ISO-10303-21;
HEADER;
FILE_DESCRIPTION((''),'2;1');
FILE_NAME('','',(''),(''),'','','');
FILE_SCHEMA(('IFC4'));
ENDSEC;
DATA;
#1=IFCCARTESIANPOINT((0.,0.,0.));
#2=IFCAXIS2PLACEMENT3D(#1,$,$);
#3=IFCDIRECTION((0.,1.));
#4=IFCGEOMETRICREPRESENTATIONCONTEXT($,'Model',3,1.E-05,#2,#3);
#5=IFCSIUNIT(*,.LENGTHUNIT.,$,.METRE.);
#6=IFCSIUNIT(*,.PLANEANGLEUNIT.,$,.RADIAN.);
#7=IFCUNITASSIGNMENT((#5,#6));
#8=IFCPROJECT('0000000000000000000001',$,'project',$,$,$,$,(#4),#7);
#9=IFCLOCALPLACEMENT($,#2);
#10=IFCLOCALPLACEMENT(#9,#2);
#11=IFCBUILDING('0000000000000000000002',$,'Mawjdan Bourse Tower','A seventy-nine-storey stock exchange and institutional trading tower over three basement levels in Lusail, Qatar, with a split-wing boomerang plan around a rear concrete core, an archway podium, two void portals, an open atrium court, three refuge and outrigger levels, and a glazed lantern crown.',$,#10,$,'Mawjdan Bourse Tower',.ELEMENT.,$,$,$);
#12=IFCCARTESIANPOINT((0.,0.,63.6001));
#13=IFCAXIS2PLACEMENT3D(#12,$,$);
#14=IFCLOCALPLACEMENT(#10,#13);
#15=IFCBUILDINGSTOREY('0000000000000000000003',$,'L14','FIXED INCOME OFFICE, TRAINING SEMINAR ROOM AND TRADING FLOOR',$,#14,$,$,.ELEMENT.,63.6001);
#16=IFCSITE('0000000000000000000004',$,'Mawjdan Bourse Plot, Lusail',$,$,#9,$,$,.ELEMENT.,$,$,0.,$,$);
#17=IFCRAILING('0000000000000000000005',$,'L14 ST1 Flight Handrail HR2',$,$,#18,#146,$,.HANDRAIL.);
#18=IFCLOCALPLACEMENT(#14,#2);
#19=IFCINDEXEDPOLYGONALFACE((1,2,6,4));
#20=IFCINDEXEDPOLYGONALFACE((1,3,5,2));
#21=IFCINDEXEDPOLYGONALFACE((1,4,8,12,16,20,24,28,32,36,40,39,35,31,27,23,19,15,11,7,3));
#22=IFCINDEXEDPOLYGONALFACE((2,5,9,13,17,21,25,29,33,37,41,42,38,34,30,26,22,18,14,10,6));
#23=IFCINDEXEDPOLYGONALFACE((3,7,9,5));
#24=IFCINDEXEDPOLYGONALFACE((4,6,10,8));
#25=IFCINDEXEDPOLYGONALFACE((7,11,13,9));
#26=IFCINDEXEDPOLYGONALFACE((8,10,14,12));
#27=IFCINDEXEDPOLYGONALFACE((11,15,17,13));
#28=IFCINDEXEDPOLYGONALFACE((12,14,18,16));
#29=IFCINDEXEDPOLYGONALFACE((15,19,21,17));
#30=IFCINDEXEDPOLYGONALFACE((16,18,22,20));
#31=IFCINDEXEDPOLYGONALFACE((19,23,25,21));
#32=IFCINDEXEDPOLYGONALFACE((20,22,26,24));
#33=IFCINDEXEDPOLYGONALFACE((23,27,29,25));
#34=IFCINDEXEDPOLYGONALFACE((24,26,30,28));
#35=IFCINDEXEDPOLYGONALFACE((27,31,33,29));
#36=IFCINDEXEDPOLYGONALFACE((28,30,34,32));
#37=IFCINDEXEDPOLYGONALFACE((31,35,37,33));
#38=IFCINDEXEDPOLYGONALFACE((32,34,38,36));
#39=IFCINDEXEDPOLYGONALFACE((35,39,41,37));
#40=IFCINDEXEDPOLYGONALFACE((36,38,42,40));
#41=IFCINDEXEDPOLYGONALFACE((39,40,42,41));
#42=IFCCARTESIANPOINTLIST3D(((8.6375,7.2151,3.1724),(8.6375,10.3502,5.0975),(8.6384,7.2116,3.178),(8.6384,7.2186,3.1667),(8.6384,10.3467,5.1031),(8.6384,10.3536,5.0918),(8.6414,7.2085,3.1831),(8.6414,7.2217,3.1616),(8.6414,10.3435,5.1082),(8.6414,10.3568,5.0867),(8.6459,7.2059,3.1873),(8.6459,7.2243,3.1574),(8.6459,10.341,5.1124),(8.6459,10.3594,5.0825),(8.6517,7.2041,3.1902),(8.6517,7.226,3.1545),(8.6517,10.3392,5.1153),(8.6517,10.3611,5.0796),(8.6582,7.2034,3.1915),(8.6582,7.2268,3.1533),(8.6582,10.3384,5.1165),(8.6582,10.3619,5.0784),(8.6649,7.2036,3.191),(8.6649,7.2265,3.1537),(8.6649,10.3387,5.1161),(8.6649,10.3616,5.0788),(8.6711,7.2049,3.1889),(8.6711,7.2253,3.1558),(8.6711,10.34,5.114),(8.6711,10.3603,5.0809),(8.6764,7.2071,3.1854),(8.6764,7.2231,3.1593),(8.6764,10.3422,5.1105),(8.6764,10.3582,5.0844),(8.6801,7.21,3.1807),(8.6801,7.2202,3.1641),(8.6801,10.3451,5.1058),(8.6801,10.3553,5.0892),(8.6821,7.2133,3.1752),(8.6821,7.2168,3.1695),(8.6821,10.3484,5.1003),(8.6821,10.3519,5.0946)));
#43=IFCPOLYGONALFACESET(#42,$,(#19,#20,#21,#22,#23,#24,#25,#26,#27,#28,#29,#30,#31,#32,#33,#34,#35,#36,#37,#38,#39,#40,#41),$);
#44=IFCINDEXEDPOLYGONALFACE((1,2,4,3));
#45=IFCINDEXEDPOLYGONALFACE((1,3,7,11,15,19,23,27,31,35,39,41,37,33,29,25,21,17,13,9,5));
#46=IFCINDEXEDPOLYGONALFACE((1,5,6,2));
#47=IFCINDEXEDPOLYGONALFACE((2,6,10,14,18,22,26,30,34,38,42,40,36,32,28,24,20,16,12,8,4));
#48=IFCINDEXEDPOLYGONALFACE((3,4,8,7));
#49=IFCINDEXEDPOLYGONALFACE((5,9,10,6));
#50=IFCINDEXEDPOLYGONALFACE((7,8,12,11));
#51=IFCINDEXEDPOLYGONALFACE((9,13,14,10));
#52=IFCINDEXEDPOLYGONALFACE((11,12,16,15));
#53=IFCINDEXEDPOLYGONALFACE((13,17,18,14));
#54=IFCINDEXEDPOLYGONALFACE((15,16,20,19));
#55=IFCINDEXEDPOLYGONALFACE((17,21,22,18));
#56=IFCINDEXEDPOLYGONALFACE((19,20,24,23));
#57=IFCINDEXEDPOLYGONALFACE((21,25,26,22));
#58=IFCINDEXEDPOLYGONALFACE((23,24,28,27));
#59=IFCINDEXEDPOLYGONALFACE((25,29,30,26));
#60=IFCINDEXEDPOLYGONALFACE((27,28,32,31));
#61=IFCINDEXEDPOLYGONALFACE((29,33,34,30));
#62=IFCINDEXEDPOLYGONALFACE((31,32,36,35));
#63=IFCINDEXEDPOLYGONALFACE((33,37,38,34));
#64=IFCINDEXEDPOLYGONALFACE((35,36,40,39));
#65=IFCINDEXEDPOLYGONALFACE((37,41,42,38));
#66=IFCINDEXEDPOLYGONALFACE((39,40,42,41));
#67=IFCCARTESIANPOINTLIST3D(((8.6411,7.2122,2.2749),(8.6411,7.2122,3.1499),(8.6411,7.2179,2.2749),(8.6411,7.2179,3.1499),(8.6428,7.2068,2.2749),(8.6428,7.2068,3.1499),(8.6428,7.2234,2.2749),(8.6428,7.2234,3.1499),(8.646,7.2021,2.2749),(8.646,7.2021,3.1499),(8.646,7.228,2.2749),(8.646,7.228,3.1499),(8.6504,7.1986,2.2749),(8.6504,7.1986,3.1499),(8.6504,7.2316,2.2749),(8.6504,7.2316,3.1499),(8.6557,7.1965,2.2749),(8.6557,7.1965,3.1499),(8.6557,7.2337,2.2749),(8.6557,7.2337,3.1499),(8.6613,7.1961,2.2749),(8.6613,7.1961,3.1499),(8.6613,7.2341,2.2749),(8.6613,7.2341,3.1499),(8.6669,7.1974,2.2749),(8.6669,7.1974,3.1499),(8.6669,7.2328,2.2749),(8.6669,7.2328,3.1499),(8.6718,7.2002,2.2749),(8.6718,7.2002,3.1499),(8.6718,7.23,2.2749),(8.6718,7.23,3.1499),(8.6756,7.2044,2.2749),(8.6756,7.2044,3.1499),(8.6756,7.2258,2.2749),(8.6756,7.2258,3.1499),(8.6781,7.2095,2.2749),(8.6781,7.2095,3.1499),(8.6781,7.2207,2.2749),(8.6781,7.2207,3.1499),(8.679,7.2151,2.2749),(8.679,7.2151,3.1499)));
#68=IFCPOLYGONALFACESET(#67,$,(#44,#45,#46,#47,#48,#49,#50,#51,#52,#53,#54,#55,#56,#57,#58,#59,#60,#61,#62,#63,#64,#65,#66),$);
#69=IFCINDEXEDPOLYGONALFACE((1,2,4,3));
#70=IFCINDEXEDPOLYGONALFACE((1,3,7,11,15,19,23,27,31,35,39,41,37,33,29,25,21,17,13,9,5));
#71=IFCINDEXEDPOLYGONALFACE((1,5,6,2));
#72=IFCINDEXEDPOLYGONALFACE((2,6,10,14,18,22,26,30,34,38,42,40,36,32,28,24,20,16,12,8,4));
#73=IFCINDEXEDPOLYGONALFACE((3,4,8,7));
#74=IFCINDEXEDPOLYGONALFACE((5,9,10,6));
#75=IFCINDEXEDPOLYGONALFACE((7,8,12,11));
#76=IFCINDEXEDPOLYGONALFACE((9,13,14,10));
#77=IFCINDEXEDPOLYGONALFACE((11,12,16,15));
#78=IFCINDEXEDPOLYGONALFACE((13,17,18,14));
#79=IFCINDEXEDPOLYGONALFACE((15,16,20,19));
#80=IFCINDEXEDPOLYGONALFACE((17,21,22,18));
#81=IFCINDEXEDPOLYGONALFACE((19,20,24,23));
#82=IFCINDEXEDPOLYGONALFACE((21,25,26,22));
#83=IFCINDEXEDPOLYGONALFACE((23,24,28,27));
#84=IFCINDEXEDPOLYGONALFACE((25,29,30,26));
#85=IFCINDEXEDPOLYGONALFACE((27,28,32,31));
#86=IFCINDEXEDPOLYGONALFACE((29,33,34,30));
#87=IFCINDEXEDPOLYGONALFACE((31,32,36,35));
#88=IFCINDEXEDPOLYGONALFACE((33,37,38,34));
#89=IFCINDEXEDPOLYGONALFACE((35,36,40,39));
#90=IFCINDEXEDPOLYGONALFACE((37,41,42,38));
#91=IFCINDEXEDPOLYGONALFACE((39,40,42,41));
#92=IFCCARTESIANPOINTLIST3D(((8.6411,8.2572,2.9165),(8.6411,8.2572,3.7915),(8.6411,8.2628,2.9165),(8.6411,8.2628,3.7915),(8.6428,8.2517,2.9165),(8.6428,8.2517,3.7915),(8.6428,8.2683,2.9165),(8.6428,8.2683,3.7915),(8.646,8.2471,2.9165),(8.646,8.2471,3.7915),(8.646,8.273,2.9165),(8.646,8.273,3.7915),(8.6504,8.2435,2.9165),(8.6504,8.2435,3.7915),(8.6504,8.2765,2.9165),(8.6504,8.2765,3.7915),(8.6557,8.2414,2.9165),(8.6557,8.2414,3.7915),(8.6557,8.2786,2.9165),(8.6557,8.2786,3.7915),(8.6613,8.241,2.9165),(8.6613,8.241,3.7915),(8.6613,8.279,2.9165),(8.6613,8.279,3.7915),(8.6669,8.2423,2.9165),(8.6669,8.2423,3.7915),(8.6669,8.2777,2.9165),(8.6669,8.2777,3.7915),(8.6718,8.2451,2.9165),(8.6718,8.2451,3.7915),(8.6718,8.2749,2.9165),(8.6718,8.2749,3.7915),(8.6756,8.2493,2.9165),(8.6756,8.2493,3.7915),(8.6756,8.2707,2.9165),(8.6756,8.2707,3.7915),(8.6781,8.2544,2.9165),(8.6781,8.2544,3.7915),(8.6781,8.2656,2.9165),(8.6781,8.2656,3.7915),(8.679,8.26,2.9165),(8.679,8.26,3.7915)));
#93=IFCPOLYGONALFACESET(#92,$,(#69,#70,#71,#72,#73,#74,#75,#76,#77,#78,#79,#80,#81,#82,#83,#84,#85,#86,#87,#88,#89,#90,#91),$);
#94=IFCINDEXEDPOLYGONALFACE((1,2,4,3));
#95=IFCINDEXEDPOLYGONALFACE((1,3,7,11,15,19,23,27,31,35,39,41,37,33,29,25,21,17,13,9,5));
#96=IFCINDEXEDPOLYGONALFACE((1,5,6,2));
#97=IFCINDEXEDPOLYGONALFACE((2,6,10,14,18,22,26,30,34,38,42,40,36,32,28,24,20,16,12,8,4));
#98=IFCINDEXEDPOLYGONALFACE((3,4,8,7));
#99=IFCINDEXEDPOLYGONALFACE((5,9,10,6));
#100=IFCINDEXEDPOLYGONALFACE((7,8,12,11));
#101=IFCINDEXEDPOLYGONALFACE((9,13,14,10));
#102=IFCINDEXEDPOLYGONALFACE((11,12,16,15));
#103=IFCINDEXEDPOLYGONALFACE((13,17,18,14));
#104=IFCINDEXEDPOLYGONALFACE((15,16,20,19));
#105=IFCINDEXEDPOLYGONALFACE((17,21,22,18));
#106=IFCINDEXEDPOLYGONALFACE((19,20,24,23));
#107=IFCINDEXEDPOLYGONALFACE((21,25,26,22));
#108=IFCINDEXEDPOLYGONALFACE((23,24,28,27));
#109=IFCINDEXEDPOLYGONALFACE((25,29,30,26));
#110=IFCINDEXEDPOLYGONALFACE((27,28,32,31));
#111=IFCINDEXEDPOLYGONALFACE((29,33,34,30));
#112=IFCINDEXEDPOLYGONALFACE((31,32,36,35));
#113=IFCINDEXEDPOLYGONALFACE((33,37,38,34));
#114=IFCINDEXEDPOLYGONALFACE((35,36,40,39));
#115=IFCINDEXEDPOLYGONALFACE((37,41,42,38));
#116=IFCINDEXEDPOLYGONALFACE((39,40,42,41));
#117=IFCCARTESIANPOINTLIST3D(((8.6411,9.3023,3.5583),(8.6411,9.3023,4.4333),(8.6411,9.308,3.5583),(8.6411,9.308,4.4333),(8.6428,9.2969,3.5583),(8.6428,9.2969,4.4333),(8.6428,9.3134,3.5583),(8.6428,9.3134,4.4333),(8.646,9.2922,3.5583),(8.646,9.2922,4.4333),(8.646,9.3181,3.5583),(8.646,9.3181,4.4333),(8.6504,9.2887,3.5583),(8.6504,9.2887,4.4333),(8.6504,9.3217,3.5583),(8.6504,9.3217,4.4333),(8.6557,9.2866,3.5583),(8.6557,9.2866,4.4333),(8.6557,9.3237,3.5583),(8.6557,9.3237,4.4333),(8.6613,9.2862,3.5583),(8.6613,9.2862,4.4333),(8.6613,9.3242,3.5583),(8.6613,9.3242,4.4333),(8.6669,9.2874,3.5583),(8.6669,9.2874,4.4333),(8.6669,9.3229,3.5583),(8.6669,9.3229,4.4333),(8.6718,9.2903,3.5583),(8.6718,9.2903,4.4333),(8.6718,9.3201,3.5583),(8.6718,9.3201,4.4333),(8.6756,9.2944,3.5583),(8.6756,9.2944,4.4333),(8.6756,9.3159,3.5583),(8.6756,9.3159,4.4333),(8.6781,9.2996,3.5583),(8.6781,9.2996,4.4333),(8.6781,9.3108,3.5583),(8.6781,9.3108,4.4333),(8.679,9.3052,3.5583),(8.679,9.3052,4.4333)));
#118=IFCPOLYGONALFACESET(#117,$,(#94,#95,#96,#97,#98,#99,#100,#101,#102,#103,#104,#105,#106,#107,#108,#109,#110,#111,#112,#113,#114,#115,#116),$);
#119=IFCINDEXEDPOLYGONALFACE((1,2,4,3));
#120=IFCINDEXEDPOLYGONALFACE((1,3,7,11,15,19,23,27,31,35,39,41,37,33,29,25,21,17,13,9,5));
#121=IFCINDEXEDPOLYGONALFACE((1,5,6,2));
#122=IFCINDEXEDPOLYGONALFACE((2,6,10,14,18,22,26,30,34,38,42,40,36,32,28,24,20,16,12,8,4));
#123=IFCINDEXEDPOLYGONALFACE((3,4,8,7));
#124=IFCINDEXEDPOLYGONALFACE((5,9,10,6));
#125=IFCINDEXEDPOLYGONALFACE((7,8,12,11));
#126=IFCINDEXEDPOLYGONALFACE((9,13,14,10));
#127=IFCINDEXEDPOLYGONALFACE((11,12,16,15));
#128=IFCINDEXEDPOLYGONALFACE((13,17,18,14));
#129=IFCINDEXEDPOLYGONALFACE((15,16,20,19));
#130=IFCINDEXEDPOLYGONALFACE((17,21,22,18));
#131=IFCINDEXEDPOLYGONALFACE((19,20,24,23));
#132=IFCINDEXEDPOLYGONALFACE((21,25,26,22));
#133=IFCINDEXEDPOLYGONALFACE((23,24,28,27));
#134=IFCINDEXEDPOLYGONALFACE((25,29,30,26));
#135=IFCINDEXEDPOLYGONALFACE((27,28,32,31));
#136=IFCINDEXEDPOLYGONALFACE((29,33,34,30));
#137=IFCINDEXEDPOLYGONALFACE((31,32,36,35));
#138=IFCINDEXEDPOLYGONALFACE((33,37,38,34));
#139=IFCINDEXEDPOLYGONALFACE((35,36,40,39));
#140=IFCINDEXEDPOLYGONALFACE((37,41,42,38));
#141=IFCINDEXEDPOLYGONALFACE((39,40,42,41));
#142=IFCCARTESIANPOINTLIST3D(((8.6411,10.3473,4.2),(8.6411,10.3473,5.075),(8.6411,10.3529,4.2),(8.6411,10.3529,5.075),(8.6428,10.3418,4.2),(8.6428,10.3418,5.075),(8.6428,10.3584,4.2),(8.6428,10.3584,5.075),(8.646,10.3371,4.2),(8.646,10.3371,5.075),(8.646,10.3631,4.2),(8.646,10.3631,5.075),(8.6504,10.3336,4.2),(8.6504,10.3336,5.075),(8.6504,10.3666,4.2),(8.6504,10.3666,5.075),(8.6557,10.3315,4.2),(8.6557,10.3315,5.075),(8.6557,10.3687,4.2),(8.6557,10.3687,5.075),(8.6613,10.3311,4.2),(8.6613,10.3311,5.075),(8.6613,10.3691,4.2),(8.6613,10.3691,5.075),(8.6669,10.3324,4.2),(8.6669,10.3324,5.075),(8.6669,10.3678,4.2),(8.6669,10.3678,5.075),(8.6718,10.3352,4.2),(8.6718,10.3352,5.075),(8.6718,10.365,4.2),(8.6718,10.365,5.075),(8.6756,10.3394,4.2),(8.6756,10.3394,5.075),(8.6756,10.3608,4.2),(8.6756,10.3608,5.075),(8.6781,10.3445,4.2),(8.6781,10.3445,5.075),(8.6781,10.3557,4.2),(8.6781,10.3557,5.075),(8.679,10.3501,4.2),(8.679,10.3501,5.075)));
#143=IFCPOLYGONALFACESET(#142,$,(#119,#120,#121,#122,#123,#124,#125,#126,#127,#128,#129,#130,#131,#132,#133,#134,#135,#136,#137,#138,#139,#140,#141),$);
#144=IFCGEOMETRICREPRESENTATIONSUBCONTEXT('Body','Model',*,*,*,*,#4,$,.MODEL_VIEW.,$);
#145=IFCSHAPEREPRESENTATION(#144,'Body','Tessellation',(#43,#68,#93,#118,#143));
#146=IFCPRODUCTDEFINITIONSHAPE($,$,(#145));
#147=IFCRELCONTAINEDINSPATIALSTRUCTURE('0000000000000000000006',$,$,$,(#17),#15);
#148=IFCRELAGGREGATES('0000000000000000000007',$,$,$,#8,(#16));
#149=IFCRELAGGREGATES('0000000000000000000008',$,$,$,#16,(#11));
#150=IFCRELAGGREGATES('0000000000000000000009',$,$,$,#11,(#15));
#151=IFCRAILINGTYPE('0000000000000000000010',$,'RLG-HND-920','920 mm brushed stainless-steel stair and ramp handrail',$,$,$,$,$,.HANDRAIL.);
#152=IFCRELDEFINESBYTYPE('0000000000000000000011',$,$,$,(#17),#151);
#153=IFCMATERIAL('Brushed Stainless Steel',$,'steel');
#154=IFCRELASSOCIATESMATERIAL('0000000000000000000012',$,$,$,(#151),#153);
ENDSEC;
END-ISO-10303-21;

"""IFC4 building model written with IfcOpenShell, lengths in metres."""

from ifc_helpers import new_model, si_unit, direction, frame, origin, origin_2d, place, context, subcontext, project, spatial, circle, extrude, material, type_object, element, save


model = new_model("IFC4")

# Units and contexts
model_context = context("Model", 3, precision=1e-05, world=origin(), true_north=direction((0.0, 1.0)))
body_context = subcontext(model_context, "Body", "Model", "MODEL_VIEW")
ifc_project = project(units=[si_unit("LENGTHUNIT", "METRE"), si_unit("PLANEANGLEUNIT", "RADIAN")], contexts=[model_context])

# Site, building, storey
site_placement = place(None, origin())
site = spatial("IfcSite", under=ifc_project, at=site_placement, Name="Mawjdan Bourse Plot, Lusail", CompositionType="ELEMENT", RefElevation=0.0)
building_placement = place(site_placement, origin())
building = spatial("IfcBuilding", under=site, at=building_placement, Name="Mawjdan Bourse Tower", Description="A seventy-nine-storey stock exchange and institutional trading tower over three basement levels in Lusail, Qatar, with a split-wing boomerang plan around a rear concrete core, an archway podium, two void portals, an open atrium court, three refuge and outrigger levels, and a glazed lantern crown.", LongName="Mawjdan Bourse Tower", CompositionType="ELEMENT")
storey_placement = place(building_placement, frame((0.0, 0.0, 63.6001)))
storey = spatial("IfcBuildingStorey", under=building, at=storey_placement, Name="L14", Description="FIXED INCOME OFFICE, TRAINING SEMINAR ROOM AND TRADING FLOOR", CompositionType="ELEMENT", Elevation=63.6001)

# Railing
ifc_material_1 = material(Name="Brushed Stainless Steel", Category="steel")
railing_type_1 = type_object("IfcRailingType", Name="RLG-HND-920", Description="920 mm brushed stainless-steel stair and ramp handrail", PredefinedType="HANDRAIL", material=ifc_material_1)
railing_1_placement = place(storey_placement, frame((8.6599, 7.2151, 2.2749)))
element("IfcRailing", 1, at=railing_1_placement, inside=storey, type_object=railing_type_1, Name="L14 ST1 Flight Handrail HR2", PredefinedType="HANDRAIL", context=body_context, shape_type="SweptSolid", body=[
    extrude(circle(Radius=0.0225, at=origin_2d()), frame((0.0, 0.0, 0.8975), z_axis=(0.0, 0.852166, 0.523271), x_axis=(-1.0, 0.0, 0.0)), (0.0, 0.0, 1.0), 3.679),
    extrude(circle(Radius=0.019, at=origin_2d()), origin(), (0.0, 0.0, 1.0), 0.875),
    extrude(circle(Radius=0.019, at=origin_2d()), frame((0.0, 1.0449, 0.6416)), (0.0, 0.0, 1.0), 0.875),
    extrude(circle(Radius=0.019, at=origin_2d()), frame((0.0, 2.0901, 1.2834)), (0.0, 0.0, 1.0), 0.875),
    extrude(circle(Radius=0.019, at=origin_2d()), frame((0.0, 3.135, 1.925)), (0.0, 0.0, 1.0), 0.875),
])

save(model, "model.ifc")
